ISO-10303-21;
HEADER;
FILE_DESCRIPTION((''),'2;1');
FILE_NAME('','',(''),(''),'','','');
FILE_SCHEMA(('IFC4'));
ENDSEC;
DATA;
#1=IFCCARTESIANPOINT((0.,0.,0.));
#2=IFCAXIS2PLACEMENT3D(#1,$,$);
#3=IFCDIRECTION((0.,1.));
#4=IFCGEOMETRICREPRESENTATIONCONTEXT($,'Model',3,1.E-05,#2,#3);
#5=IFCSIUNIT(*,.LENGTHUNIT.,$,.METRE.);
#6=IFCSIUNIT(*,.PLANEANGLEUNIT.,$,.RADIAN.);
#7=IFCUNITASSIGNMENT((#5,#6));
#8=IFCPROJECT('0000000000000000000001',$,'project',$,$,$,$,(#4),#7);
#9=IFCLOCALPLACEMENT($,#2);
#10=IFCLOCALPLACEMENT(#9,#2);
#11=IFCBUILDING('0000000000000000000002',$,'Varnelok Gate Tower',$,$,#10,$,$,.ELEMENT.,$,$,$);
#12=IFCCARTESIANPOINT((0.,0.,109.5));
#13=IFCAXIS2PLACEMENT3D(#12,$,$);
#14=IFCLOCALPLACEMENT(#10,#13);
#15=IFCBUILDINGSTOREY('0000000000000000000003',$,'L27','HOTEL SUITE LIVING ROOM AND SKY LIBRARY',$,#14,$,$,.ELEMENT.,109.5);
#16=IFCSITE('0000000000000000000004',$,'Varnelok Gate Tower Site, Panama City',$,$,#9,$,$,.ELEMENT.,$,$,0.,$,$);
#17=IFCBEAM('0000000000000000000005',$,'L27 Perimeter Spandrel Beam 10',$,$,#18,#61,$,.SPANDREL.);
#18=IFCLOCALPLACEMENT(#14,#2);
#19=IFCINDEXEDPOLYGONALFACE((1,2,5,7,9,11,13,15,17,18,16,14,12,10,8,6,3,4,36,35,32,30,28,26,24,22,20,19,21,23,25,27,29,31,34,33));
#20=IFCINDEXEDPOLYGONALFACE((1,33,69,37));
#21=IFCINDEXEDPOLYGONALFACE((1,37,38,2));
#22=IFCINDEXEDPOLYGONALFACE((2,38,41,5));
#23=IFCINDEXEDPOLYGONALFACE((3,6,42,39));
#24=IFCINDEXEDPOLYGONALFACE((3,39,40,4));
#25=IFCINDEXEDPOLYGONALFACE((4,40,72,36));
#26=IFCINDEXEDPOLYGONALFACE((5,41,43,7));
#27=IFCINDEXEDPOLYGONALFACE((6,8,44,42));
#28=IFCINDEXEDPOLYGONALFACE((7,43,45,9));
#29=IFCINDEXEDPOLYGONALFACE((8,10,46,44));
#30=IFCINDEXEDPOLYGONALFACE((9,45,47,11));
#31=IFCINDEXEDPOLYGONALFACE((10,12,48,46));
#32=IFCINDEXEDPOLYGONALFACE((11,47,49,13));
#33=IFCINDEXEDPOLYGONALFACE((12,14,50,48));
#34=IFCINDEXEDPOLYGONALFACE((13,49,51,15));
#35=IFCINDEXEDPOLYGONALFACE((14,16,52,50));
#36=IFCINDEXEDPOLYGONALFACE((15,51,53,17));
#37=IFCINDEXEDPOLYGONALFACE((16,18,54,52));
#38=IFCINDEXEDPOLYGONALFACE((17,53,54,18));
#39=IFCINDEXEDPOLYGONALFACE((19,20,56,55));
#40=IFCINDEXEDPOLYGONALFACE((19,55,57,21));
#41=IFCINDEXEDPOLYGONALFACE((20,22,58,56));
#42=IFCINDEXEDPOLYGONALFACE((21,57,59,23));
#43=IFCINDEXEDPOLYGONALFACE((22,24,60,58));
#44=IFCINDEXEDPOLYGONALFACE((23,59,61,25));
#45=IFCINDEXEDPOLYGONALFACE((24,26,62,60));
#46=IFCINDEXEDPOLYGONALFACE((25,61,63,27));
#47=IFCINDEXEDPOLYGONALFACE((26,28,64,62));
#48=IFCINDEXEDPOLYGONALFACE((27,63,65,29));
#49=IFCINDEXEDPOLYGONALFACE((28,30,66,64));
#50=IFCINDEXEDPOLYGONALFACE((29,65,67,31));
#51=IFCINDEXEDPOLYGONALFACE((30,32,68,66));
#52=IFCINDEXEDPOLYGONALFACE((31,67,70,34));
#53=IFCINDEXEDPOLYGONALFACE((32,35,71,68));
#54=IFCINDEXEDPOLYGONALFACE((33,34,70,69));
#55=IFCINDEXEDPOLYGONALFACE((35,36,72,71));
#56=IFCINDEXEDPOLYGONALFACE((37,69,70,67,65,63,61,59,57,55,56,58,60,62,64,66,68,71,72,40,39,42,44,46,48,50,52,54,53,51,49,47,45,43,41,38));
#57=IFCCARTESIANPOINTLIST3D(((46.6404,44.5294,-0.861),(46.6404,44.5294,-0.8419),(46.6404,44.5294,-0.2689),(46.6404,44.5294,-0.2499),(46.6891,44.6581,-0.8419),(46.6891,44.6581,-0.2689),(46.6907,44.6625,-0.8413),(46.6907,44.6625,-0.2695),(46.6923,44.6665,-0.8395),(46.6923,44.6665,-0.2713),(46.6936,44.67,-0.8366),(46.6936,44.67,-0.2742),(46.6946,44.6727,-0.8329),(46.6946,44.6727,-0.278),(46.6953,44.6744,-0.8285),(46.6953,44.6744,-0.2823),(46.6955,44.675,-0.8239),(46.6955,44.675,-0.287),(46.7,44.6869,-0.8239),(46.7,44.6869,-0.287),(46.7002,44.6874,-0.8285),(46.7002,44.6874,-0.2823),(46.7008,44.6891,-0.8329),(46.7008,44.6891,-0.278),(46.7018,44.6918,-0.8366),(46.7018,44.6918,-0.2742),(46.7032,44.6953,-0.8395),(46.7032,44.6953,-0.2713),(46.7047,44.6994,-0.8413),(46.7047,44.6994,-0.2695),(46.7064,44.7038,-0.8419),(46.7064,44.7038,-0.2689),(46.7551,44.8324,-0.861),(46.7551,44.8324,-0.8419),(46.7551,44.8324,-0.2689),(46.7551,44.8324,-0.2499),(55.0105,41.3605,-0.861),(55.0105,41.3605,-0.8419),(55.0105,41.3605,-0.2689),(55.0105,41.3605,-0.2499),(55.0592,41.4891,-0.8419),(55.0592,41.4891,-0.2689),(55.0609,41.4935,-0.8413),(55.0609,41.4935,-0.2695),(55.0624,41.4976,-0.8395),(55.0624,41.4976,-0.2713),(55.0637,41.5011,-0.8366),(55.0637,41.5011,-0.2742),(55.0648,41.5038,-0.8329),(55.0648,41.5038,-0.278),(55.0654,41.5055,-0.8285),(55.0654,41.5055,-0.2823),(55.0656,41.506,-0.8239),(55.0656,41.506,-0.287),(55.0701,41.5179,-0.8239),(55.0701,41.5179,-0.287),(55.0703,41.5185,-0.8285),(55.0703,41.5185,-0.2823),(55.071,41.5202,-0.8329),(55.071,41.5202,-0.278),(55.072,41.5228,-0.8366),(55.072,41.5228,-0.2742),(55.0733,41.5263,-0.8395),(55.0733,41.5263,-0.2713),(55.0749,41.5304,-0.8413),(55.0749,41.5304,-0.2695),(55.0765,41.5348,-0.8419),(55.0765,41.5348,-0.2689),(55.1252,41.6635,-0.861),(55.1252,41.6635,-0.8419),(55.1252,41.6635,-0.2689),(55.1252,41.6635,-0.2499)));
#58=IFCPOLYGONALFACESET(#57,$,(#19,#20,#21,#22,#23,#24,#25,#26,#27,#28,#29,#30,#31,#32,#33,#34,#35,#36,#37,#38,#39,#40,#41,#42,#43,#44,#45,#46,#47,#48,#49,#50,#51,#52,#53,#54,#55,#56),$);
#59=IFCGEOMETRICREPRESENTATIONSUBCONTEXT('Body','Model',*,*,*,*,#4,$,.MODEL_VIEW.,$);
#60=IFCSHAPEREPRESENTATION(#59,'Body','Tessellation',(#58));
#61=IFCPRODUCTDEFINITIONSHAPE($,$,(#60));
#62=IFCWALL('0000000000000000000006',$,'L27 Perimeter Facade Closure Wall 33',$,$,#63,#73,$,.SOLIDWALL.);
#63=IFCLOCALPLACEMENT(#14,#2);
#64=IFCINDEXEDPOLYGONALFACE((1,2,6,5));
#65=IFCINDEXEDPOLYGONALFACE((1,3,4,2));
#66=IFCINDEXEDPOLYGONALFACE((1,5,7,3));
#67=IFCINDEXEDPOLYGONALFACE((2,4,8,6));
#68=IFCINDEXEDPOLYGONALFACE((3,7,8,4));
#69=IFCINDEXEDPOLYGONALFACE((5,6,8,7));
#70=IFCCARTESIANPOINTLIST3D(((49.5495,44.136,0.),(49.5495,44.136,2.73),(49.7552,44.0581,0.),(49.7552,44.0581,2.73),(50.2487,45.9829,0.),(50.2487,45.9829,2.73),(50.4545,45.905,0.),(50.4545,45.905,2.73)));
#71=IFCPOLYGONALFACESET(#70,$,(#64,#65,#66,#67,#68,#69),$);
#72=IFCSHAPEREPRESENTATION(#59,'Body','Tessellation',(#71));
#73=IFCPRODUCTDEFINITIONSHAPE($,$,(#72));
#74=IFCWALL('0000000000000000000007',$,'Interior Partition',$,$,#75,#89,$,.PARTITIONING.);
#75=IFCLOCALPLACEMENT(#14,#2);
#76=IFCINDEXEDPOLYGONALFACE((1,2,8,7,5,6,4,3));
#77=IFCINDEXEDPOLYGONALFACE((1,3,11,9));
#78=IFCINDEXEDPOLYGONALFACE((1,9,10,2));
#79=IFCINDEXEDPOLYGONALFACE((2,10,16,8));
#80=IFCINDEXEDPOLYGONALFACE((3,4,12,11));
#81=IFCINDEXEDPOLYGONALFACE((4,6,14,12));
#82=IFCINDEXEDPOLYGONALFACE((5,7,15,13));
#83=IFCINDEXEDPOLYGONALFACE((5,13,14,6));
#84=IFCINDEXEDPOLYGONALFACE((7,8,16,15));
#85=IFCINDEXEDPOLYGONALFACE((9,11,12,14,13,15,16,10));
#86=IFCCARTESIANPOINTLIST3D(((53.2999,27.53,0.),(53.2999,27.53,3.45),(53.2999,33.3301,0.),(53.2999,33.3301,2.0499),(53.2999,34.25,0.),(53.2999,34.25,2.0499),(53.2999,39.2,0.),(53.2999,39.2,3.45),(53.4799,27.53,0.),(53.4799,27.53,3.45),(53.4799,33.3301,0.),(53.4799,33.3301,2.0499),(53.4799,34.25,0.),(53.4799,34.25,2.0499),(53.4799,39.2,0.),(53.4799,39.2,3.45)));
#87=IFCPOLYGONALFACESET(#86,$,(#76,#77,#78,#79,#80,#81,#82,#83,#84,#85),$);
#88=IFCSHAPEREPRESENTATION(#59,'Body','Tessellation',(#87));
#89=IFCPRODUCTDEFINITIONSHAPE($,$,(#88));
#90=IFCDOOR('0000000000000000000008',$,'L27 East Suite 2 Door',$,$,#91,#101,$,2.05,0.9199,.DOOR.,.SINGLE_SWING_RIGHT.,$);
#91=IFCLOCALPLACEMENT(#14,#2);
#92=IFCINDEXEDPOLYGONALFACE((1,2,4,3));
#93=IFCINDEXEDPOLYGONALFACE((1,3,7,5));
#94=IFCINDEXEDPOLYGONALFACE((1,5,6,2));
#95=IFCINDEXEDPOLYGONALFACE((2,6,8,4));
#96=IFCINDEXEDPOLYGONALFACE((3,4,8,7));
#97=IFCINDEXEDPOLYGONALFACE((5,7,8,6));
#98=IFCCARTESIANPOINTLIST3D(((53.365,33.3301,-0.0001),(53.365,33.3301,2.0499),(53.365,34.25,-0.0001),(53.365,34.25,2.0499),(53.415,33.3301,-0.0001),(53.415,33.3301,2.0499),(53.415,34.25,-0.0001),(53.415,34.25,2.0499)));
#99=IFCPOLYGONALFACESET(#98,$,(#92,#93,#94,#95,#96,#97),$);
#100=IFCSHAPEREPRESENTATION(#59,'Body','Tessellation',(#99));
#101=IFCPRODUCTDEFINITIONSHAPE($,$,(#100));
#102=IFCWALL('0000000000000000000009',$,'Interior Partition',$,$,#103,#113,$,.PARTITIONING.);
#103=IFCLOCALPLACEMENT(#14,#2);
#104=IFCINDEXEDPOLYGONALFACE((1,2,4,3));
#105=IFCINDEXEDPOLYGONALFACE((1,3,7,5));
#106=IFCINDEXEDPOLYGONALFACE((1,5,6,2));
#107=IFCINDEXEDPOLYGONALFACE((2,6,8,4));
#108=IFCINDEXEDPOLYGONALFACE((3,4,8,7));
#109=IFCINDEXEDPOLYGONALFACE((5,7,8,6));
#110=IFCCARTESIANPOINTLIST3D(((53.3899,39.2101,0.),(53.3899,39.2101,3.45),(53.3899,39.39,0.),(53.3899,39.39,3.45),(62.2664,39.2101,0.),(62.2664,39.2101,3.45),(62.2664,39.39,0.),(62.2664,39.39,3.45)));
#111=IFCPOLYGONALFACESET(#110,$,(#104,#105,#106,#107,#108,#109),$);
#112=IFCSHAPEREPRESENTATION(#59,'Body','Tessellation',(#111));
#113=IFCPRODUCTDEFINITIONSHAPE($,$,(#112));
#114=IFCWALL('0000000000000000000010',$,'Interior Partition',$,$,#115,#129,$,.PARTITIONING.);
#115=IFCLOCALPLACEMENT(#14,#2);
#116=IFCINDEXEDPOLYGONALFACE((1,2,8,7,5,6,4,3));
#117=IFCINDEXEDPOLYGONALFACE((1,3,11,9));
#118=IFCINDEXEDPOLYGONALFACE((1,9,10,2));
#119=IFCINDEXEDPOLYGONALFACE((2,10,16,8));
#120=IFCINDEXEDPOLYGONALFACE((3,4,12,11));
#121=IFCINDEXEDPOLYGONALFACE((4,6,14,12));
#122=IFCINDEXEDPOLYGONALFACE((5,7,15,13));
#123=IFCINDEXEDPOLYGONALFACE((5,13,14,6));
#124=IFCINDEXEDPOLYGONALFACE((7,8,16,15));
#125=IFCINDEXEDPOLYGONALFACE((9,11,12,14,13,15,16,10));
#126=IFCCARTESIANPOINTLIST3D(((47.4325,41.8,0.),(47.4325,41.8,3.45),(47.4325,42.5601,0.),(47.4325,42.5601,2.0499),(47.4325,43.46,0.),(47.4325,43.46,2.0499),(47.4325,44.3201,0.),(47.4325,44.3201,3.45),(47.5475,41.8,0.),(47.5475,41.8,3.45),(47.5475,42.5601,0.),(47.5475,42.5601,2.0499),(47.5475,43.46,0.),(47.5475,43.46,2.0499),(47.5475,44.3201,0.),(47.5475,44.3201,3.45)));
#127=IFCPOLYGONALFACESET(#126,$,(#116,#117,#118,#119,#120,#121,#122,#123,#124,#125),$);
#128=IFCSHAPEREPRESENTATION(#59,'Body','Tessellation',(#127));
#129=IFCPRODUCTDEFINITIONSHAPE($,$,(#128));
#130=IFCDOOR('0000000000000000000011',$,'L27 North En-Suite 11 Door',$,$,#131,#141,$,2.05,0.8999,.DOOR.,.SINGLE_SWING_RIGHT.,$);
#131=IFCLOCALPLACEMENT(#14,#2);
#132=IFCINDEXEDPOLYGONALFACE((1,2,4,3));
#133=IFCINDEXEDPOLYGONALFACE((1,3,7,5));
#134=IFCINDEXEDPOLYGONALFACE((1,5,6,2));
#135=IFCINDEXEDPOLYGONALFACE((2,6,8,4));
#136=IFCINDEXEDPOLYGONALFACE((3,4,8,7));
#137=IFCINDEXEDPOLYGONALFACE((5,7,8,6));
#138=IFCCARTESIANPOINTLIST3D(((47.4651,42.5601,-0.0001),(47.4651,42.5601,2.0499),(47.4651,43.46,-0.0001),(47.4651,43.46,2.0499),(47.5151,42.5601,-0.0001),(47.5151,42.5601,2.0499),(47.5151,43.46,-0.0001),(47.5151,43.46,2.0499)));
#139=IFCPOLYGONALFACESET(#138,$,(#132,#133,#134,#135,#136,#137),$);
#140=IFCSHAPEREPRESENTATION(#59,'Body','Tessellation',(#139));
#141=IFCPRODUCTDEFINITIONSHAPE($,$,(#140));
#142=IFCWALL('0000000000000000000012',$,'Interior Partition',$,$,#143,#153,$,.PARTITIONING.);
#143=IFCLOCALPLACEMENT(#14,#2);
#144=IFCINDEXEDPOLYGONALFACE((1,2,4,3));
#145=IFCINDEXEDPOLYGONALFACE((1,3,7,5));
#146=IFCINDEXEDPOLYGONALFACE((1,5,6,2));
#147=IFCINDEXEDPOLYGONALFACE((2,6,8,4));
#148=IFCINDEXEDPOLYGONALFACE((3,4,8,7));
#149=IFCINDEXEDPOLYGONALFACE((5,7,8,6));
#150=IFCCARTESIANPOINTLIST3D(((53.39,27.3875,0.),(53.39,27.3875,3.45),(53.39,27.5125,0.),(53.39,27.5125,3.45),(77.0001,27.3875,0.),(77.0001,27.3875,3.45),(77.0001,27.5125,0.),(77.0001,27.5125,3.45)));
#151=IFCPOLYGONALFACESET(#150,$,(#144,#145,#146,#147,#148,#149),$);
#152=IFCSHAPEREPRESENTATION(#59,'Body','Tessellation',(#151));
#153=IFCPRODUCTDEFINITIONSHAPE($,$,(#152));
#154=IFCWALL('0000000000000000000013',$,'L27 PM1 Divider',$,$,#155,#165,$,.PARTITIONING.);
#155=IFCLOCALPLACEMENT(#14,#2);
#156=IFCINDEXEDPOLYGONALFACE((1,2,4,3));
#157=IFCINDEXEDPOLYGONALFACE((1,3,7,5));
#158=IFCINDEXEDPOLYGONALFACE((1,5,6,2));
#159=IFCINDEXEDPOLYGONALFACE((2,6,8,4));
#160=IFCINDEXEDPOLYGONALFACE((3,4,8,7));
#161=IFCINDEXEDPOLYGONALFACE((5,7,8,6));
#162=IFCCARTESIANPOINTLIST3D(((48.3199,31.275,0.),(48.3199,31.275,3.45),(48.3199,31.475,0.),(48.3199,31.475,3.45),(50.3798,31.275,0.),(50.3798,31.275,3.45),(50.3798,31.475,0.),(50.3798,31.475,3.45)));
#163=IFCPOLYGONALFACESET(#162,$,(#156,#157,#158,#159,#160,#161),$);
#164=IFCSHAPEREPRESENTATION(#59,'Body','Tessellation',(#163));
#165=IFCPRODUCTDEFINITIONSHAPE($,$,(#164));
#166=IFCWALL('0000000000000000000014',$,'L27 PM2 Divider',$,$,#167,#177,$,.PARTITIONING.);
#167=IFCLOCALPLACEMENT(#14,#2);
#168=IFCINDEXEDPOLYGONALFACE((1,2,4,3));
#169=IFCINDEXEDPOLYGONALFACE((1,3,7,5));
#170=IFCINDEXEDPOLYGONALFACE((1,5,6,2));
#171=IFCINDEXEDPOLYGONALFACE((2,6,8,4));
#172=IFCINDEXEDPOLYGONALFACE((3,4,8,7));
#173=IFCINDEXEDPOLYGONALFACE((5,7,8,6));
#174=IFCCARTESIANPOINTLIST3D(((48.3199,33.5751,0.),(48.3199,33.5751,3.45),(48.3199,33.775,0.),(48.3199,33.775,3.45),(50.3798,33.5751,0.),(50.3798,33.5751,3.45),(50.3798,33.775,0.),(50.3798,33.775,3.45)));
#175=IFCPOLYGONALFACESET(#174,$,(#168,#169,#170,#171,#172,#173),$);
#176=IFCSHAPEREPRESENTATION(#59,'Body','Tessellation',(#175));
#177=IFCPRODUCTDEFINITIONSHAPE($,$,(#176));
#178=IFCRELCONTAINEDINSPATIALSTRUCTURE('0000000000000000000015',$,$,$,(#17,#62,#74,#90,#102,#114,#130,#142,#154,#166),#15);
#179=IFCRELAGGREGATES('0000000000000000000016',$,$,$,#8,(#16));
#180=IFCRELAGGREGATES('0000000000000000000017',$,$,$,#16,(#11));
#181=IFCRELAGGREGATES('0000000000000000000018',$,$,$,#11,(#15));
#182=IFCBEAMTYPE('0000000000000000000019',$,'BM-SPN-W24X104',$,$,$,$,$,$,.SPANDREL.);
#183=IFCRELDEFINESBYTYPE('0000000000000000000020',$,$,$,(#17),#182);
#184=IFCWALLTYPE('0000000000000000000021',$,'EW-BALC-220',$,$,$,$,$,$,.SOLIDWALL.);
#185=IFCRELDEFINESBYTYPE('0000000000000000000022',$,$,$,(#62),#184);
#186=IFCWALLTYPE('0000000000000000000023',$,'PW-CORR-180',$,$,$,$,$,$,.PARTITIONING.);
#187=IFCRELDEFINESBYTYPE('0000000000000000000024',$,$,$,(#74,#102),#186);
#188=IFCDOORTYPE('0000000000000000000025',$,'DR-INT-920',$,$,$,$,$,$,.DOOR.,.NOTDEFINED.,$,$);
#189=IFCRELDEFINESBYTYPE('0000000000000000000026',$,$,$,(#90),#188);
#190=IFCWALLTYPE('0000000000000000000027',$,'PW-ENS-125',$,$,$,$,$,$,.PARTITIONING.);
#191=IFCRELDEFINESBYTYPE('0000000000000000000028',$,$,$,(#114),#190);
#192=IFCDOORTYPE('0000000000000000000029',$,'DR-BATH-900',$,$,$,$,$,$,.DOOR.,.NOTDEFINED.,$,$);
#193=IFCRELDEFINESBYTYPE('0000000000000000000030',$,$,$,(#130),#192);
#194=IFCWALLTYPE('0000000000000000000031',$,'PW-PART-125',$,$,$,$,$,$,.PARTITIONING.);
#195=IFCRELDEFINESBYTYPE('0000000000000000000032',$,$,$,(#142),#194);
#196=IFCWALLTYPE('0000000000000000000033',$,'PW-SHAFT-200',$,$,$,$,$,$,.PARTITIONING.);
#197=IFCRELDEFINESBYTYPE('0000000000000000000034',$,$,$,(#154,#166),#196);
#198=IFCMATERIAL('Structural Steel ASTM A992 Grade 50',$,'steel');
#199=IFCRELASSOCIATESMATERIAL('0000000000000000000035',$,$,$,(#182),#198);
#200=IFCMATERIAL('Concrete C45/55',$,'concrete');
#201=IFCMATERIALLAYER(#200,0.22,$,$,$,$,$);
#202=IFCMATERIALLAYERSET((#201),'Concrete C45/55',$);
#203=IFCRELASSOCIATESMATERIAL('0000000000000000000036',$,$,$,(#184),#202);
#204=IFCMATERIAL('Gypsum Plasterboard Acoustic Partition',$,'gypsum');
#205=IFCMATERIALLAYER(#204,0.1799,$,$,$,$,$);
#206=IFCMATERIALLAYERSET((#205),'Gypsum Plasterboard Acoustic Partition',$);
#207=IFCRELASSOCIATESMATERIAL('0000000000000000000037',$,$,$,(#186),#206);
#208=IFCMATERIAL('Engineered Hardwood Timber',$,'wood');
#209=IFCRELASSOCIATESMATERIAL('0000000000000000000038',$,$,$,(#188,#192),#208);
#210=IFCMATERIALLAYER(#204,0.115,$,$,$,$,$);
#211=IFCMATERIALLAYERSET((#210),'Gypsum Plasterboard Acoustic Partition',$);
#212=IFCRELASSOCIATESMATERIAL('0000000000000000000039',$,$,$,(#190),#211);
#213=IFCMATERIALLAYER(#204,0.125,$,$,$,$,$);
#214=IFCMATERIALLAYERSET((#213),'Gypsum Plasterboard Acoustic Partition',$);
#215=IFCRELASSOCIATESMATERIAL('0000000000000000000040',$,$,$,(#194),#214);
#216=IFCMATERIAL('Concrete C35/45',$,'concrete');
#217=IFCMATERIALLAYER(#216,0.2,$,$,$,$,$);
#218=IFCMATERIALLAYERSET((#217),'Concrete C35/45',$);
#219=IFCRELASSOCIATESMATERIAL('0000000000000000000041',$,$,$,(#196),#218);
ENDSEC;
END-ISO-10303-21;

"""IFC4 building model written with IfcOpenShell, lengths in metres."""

from ifc_helpers import new_model, si_unit, direction, frame, frame_2d, origin, origin_2d, place, context, subcontext, project, spatial, rectangle, i_section, extrude, material, layer, layer_set, material_profile, profile_set, type_object, element, fill, save


model = new_model("IFC4")

# Units and contexts
model_context = context("Model", 3, precision=1e-05, world=origin(), true_north=direction((0.0, 1.0)))
body_context = subcontext(model_context, "Body", "Model", "MODEL_VIEW")
ifc_project = project(units=[si_unit("LENGTHUNIT", "METRE"), si_unit("PLANEANGLEUNIT", "RADIAN")], contexts=[model_context])

# Site, building, storey
site_placement = place(None, origin())
site = spatial("IfcSite", under=ifc_project, at=site_placement, Name="Varnelok Gate Tower Site, Panama City", CompositionType="ELEMENT", RefElevation=0.0)
building_placement = place(site_placement, origin())
building = spatial("IfcBuilding", under=site, at=building_placement, Name="Varnelok Gate Tower", CompositionType="ELEMENT")
storey_placement = place(building_placement, frame((0.0, 0.0, 109.5)))
storey = spatial("IfcBuildingStorey", under=building, at=storey_placement, Name="L27", Description="HOTEL SUITE LIVING ROOM AND SKY LIBRARY", CompositionType="ELEMENT", Elevation=109.5)

# Shared definitions
ifc_material_1 = material(Name="Structural Steel ASTM A992 Grade 50", Category="steel")

# Beam
ifc_material_profile_1 = material_profile(ifc_material_1, i_section(OverallWidth=0.324, OverallDepth=0.6111, WebThickness=0.0127, FlangeThickness=0.019, FilletRadius=0.0181, at=origin_2d()), Name="W24X104")
ifc_profile_set_1 = profile_set([ifc_material_profile_1], Name="Structural Steel ASTM A992 Grade 50")
beam_type_1 = type_object("IfcBeamType", Name="BM-SPN-W24X104", PredefinedType="SPANDREL", material=ifc_profile_set_1)
beam_1_placement = place(storey_placement, frame((55.0679, 41.512, -0.5554), z_axis=(-0.935217, 0.354075, 0.0), x_axis=(-0.354075, -0.935217, 0.0)))
element("IfcBeam", 1, at=beam_1_placement, inside=storey, type_object=beam_type_1, Name="L27 Perimeter Spandrel Beam 10", PredefinedType="SPANDREL", context=body_context, shape_type="SweptSolid", body=[
    extrude(i_section(OverallWidth=0.324, OverallDepth=0.6111, WebThickness=0.0127, FlangeThickness=0.019, FilletRadius=0.0181, at=origin_2d()), origin(), (0.0, 0.0, 1.0), 8.95),
])

# Wall
ifc_material_2 = material(Name="Concrete C45/55", Category="concrete")
ifc_layer_1 = layer(ifc_material_2, 0.22)
ifc_layer_set_1 = layer_set([ifc_layer_1], Name="Concrete C45/55")
wall_type_1 = type_object("IfcWallType", Name="EW-BALC-220", PredefinedType="SOLIDWALL", material=ifc_layer_set_1)
wall_1_placement = place(storey_placement, frame((50.3516, 45.9438, 0.0), z_axis=(0.0, 0.0, 1.0), x_axis=(-0.354062, -0.935222, 0.0)))
element("IfcWall", 2, at=wall_1_placement, inside=storey, type_object=wall_type_1, Name="L27 Perimeter Facade Closure Wall 33", PredefinedType="SOLIDWALL", context=body_context, shape_type="SweptSolid", body=[
    extrude(rectangle(XDim=1.9749, YDim=0.22, at=frame_2d((0.9873, 0.0))), origin(), (0.0, 0.0, 1.0), 2.73),
])

# Wall, opening, door
ifc_material_3 = material(Name="Gypsum Plasterboard Acoustic Partition", Category="gypsum")
ifc_layer_2 = layer(ifc_material_3, 0.1799)
ifc_layer_set_2 = layer_set([ifc_layer_2], Name="Gypsum Plasterboard Acoustic Partition")
wall_type_2 = type_object("IfcWallType", Name="PW-CORR-180", PredefinedType="PARTITIONING", material=ifc_layer_set_2)
wall_2_placement = place(storey_placement, frame((53.3899, 27.53, 0.0), z_axis=(0.0, 0.0, 1.0), x_axis=(0.0, 1.0, 0.0)))
wall_2 = element("IfcWall", 3, at=wall_2_placement, inside=storey, type_object=wall_type_2, Name="Interior Partition", PredefinedType="PARTITIONING", context=body_context, shape_type="SweptSolid", body=[
    extrude(rectangle(XDim=11.6699, YDim=0.1799, at=frame_2d((5.835, 0.0))), origin(), (0.0, 0.0, 1.0), 3.45),
])
opening_1_placement = place(wall_2_placement, frame((5.8, 0.0, 0.0)))
opening_1 = element("IfcOpeningElement", 4, at=opening_1_placement, cuts=wall_2, PredefinedType="OPENING", context=body_context, shape_type="SweptSolid", body=[
    extrude(rectangle(XDim=0.9199, YDim=2.05, at=frame_2d((0.46, 1.0249))), frame((0.0, 0.0999, 0.0), z_axis=(0.0, -1.0, 0.0), x_axis=(1.0, 0.0, 0.0)), (0.0, 0.0, 1.0), 0.2),
])
ifc_material_4 = material(Name="Engineered Hardwood Timber", Category="wood")
door_type_1 = type_object("IfcDoorType", Name="DR-INT-920", OperationType="NOTDEFINED", PredefinedType="DOOR", material=ifc_material_4)
door_1_placement = place(opening_1_placement, origin())
door_1 = element("IfcDoor", 5, at=door_1_placement, inside=storey, type_object=door_type_1, Name="L27 East Suite 2 Door", OperationType="SINGLE_SWING_RIGHT", OverallHeight=2.05, OverallWidth=0.9199, PredefinedType="DOOR", context=body_context, shape_type="SweptSolid", body=[
    extrude(rectangle(XDim=0.9199, YDim=2.05, at=frame_2d((0.46, 1.0249))), frame((0.0, 0.0249, 0.0), z_axis=(0.0, -1.0, 0.0), x_axis=(1.0, 0.0, 0.0)), (0.0, 0.0, 1.0), 0.05),
])
fill(opening_1, door_1)

# Wall
wall_3_placement = place(storey_placement, frame((53.3899, 39.3, 0.0), z_axis=(0.0, 0.0, 1.0), x_axis=(1.0, 0.0, 0.0)))
element("IfcWall", 6, at=wall_3_placement, inside=storey, type_object=wall_type_2, Name="Interior Partition", PredefinedType="PARTITIONING", context=body_context, shape_type="SweptSolid", body=[
    extrude(rectangle(XDim=8.8765, YDim=0.1799, at=frame_2d((4.4382, 0.0))), origin(), (0.0, 0.0, 1.0), 3.45),
])

# Wall, opening, door
ifc_layer_3 = layer(ifc_material_3, 0.115)
ifc_layer_set_3 = layer_set([ifc_layer_3], Name="Gypsum Plasterboard Acoustic Partition")
wall_type_3 = type_object("IfcWallType", Name="PW-ENS-125", PredefinedType="PARTITIONING", material=ifc_layer_set_3)
wall_4_placement = place(storey_placement, frame((47.49, 41.8, 0.0), z_axis=(0.0, 0.0, 1.0), x_axis=(0.0, 1.0, 0.0)))
wall_4 = element("IfcWall", 7, at=wall_4_placement, inside=storey, type_object=wall_type_3, Name="Interior Partition", PredefinedType="PARTITIONING", context=body_context, shape_type="SweptSolid", body=[
    extrude(rectangle(XDim=2.52, YDim=0.115, at=frame_2d((1.26, 0.0))), origin(), (0.0, 0.0, 1.0), 3.45),
])
opening_2_placement = place(wall_4_placement, frame((0.76, 0.0, 0.0)))
opening_2 = element("IfcOpeningElement", 8, at=opening_2_placement, cuts=wall_4, PredefinedType="OPENING", context=body_context, shape_type="SweptSolid", body=[
    extrude(rectangle(XDim=0.8999, YDim=2.05, at=frame_2d((0.45, 1.0249))), frame((0.0, 0.0674, 0.0), z_axis=(0.0, -1.0, 0.0), x_axis=(1.0, 0.0, 0.0)), (0.0, 0.0, 1.0), 0.135),
])
door_type_2 = type_object("IfcDoorType", Name="DR-BATH-900", OperationType="NOTDEFINED", PredefinedType="DOOR", material=ifc_material_4)
door_2_placement = place(opening_2_placement, origin())
door_2 = element("IfcDoor", 9, at=door_2_placement, inside=storey, type_object=door_type_2, Name="L27 North En-Suite 11 Door", OperationType="SINGLE_SWING_RIGHT", OverallHeight=2.05, OverallWidth=0.8999, PredefinedType="DOOR", context=body_context, shape_type="SweptSolid", body=[
    extrude(rectangle(XDim=0.8999, YDim=2.05, at=frame_2d((0.45, 1.0249))), frame((0.0, 0.0249, 0.0), z_axis=(0.0, -1.0, 0.0), x_axis=(1.0, 0.0, 0.0)), (0.0, 0.0, 1.0), 0.05),
])
fill(opening_2, door_2)

# Walls
ifc_layer_4 = layer(ifc_material_3, 0.125)
ifc_layer_set_4 = layer_set([ifc_layer_4], Name="Gypsum Plasterboard Acoustic Partition")
wall_type_4 = type_object("IfcWallType", Name="PW-PART-125", PredefinedType="PARTITIONING", material=ifc_layer_set_4)
wall_5_placement = place(storey_placement, frame((53.3899, 27.45, 0.0), z_axis=(0.0, 0.0, 1.0), x_axis=(1.0, 0.0, 0.0)))
element("IfcWall", 10, at=wall_5_placement, inside=storey, type_object=wall_type_4, Name="Interior Partition", PredefinedType="PARTITIONING", context=body_context, shape_type="SweptSolid", body=[
    extrude(rectangle(XDim=23.6101, YDim=0.125, at=frame_2d((11.8052, 0.0))), origin(), (0.0, 0.0, 1.0), 3.45),
])
ifc_material_5 = material(Name="Concrete C35/45", Category="concrete")
ifc_layer_5 = layer(ifc_material_5, 0.2)
ifc_layer_set_5 = layer_set([ifc_layer_5], Name="Concrete C35/45")
wall_type_5 = type_object("IfcWallType", Name="PW-SHAFT-200", PredefinedType="PARTITIONING", material=ifc_layer_set_5)
for number, where, z_axis, x_axis, name in (
    (11, (48.3201, 31.375, 0.0), (0.0, 0.0, 1.0), (1.0, 0.0, 0.0), "L27 PM1 Divider"),
    (12, (48.3201, 33.675, 0.0), (0.0, 0.0, 1.0), (1.0, 0.0, 0.0), "L27 PM2 Divider"),
):
    element("IfcWall", number, at=place(storey_placement, frame(where, z_axis=z_axis, x_axis=x_axis)), inside=storey, type_object=wall_type_5, Name=name, PredefinedType="PARTITIONING", context=body_context, shape_type="SweptSolid", body=[
        extrude(rectangle(XDim=2.0598, YDim=0.2, at=frame_2d((1.0298, 0.0))), origin(), (0.0, 0.0, 1.0), 3.45),
    ])

save(model, "model.ifc")
